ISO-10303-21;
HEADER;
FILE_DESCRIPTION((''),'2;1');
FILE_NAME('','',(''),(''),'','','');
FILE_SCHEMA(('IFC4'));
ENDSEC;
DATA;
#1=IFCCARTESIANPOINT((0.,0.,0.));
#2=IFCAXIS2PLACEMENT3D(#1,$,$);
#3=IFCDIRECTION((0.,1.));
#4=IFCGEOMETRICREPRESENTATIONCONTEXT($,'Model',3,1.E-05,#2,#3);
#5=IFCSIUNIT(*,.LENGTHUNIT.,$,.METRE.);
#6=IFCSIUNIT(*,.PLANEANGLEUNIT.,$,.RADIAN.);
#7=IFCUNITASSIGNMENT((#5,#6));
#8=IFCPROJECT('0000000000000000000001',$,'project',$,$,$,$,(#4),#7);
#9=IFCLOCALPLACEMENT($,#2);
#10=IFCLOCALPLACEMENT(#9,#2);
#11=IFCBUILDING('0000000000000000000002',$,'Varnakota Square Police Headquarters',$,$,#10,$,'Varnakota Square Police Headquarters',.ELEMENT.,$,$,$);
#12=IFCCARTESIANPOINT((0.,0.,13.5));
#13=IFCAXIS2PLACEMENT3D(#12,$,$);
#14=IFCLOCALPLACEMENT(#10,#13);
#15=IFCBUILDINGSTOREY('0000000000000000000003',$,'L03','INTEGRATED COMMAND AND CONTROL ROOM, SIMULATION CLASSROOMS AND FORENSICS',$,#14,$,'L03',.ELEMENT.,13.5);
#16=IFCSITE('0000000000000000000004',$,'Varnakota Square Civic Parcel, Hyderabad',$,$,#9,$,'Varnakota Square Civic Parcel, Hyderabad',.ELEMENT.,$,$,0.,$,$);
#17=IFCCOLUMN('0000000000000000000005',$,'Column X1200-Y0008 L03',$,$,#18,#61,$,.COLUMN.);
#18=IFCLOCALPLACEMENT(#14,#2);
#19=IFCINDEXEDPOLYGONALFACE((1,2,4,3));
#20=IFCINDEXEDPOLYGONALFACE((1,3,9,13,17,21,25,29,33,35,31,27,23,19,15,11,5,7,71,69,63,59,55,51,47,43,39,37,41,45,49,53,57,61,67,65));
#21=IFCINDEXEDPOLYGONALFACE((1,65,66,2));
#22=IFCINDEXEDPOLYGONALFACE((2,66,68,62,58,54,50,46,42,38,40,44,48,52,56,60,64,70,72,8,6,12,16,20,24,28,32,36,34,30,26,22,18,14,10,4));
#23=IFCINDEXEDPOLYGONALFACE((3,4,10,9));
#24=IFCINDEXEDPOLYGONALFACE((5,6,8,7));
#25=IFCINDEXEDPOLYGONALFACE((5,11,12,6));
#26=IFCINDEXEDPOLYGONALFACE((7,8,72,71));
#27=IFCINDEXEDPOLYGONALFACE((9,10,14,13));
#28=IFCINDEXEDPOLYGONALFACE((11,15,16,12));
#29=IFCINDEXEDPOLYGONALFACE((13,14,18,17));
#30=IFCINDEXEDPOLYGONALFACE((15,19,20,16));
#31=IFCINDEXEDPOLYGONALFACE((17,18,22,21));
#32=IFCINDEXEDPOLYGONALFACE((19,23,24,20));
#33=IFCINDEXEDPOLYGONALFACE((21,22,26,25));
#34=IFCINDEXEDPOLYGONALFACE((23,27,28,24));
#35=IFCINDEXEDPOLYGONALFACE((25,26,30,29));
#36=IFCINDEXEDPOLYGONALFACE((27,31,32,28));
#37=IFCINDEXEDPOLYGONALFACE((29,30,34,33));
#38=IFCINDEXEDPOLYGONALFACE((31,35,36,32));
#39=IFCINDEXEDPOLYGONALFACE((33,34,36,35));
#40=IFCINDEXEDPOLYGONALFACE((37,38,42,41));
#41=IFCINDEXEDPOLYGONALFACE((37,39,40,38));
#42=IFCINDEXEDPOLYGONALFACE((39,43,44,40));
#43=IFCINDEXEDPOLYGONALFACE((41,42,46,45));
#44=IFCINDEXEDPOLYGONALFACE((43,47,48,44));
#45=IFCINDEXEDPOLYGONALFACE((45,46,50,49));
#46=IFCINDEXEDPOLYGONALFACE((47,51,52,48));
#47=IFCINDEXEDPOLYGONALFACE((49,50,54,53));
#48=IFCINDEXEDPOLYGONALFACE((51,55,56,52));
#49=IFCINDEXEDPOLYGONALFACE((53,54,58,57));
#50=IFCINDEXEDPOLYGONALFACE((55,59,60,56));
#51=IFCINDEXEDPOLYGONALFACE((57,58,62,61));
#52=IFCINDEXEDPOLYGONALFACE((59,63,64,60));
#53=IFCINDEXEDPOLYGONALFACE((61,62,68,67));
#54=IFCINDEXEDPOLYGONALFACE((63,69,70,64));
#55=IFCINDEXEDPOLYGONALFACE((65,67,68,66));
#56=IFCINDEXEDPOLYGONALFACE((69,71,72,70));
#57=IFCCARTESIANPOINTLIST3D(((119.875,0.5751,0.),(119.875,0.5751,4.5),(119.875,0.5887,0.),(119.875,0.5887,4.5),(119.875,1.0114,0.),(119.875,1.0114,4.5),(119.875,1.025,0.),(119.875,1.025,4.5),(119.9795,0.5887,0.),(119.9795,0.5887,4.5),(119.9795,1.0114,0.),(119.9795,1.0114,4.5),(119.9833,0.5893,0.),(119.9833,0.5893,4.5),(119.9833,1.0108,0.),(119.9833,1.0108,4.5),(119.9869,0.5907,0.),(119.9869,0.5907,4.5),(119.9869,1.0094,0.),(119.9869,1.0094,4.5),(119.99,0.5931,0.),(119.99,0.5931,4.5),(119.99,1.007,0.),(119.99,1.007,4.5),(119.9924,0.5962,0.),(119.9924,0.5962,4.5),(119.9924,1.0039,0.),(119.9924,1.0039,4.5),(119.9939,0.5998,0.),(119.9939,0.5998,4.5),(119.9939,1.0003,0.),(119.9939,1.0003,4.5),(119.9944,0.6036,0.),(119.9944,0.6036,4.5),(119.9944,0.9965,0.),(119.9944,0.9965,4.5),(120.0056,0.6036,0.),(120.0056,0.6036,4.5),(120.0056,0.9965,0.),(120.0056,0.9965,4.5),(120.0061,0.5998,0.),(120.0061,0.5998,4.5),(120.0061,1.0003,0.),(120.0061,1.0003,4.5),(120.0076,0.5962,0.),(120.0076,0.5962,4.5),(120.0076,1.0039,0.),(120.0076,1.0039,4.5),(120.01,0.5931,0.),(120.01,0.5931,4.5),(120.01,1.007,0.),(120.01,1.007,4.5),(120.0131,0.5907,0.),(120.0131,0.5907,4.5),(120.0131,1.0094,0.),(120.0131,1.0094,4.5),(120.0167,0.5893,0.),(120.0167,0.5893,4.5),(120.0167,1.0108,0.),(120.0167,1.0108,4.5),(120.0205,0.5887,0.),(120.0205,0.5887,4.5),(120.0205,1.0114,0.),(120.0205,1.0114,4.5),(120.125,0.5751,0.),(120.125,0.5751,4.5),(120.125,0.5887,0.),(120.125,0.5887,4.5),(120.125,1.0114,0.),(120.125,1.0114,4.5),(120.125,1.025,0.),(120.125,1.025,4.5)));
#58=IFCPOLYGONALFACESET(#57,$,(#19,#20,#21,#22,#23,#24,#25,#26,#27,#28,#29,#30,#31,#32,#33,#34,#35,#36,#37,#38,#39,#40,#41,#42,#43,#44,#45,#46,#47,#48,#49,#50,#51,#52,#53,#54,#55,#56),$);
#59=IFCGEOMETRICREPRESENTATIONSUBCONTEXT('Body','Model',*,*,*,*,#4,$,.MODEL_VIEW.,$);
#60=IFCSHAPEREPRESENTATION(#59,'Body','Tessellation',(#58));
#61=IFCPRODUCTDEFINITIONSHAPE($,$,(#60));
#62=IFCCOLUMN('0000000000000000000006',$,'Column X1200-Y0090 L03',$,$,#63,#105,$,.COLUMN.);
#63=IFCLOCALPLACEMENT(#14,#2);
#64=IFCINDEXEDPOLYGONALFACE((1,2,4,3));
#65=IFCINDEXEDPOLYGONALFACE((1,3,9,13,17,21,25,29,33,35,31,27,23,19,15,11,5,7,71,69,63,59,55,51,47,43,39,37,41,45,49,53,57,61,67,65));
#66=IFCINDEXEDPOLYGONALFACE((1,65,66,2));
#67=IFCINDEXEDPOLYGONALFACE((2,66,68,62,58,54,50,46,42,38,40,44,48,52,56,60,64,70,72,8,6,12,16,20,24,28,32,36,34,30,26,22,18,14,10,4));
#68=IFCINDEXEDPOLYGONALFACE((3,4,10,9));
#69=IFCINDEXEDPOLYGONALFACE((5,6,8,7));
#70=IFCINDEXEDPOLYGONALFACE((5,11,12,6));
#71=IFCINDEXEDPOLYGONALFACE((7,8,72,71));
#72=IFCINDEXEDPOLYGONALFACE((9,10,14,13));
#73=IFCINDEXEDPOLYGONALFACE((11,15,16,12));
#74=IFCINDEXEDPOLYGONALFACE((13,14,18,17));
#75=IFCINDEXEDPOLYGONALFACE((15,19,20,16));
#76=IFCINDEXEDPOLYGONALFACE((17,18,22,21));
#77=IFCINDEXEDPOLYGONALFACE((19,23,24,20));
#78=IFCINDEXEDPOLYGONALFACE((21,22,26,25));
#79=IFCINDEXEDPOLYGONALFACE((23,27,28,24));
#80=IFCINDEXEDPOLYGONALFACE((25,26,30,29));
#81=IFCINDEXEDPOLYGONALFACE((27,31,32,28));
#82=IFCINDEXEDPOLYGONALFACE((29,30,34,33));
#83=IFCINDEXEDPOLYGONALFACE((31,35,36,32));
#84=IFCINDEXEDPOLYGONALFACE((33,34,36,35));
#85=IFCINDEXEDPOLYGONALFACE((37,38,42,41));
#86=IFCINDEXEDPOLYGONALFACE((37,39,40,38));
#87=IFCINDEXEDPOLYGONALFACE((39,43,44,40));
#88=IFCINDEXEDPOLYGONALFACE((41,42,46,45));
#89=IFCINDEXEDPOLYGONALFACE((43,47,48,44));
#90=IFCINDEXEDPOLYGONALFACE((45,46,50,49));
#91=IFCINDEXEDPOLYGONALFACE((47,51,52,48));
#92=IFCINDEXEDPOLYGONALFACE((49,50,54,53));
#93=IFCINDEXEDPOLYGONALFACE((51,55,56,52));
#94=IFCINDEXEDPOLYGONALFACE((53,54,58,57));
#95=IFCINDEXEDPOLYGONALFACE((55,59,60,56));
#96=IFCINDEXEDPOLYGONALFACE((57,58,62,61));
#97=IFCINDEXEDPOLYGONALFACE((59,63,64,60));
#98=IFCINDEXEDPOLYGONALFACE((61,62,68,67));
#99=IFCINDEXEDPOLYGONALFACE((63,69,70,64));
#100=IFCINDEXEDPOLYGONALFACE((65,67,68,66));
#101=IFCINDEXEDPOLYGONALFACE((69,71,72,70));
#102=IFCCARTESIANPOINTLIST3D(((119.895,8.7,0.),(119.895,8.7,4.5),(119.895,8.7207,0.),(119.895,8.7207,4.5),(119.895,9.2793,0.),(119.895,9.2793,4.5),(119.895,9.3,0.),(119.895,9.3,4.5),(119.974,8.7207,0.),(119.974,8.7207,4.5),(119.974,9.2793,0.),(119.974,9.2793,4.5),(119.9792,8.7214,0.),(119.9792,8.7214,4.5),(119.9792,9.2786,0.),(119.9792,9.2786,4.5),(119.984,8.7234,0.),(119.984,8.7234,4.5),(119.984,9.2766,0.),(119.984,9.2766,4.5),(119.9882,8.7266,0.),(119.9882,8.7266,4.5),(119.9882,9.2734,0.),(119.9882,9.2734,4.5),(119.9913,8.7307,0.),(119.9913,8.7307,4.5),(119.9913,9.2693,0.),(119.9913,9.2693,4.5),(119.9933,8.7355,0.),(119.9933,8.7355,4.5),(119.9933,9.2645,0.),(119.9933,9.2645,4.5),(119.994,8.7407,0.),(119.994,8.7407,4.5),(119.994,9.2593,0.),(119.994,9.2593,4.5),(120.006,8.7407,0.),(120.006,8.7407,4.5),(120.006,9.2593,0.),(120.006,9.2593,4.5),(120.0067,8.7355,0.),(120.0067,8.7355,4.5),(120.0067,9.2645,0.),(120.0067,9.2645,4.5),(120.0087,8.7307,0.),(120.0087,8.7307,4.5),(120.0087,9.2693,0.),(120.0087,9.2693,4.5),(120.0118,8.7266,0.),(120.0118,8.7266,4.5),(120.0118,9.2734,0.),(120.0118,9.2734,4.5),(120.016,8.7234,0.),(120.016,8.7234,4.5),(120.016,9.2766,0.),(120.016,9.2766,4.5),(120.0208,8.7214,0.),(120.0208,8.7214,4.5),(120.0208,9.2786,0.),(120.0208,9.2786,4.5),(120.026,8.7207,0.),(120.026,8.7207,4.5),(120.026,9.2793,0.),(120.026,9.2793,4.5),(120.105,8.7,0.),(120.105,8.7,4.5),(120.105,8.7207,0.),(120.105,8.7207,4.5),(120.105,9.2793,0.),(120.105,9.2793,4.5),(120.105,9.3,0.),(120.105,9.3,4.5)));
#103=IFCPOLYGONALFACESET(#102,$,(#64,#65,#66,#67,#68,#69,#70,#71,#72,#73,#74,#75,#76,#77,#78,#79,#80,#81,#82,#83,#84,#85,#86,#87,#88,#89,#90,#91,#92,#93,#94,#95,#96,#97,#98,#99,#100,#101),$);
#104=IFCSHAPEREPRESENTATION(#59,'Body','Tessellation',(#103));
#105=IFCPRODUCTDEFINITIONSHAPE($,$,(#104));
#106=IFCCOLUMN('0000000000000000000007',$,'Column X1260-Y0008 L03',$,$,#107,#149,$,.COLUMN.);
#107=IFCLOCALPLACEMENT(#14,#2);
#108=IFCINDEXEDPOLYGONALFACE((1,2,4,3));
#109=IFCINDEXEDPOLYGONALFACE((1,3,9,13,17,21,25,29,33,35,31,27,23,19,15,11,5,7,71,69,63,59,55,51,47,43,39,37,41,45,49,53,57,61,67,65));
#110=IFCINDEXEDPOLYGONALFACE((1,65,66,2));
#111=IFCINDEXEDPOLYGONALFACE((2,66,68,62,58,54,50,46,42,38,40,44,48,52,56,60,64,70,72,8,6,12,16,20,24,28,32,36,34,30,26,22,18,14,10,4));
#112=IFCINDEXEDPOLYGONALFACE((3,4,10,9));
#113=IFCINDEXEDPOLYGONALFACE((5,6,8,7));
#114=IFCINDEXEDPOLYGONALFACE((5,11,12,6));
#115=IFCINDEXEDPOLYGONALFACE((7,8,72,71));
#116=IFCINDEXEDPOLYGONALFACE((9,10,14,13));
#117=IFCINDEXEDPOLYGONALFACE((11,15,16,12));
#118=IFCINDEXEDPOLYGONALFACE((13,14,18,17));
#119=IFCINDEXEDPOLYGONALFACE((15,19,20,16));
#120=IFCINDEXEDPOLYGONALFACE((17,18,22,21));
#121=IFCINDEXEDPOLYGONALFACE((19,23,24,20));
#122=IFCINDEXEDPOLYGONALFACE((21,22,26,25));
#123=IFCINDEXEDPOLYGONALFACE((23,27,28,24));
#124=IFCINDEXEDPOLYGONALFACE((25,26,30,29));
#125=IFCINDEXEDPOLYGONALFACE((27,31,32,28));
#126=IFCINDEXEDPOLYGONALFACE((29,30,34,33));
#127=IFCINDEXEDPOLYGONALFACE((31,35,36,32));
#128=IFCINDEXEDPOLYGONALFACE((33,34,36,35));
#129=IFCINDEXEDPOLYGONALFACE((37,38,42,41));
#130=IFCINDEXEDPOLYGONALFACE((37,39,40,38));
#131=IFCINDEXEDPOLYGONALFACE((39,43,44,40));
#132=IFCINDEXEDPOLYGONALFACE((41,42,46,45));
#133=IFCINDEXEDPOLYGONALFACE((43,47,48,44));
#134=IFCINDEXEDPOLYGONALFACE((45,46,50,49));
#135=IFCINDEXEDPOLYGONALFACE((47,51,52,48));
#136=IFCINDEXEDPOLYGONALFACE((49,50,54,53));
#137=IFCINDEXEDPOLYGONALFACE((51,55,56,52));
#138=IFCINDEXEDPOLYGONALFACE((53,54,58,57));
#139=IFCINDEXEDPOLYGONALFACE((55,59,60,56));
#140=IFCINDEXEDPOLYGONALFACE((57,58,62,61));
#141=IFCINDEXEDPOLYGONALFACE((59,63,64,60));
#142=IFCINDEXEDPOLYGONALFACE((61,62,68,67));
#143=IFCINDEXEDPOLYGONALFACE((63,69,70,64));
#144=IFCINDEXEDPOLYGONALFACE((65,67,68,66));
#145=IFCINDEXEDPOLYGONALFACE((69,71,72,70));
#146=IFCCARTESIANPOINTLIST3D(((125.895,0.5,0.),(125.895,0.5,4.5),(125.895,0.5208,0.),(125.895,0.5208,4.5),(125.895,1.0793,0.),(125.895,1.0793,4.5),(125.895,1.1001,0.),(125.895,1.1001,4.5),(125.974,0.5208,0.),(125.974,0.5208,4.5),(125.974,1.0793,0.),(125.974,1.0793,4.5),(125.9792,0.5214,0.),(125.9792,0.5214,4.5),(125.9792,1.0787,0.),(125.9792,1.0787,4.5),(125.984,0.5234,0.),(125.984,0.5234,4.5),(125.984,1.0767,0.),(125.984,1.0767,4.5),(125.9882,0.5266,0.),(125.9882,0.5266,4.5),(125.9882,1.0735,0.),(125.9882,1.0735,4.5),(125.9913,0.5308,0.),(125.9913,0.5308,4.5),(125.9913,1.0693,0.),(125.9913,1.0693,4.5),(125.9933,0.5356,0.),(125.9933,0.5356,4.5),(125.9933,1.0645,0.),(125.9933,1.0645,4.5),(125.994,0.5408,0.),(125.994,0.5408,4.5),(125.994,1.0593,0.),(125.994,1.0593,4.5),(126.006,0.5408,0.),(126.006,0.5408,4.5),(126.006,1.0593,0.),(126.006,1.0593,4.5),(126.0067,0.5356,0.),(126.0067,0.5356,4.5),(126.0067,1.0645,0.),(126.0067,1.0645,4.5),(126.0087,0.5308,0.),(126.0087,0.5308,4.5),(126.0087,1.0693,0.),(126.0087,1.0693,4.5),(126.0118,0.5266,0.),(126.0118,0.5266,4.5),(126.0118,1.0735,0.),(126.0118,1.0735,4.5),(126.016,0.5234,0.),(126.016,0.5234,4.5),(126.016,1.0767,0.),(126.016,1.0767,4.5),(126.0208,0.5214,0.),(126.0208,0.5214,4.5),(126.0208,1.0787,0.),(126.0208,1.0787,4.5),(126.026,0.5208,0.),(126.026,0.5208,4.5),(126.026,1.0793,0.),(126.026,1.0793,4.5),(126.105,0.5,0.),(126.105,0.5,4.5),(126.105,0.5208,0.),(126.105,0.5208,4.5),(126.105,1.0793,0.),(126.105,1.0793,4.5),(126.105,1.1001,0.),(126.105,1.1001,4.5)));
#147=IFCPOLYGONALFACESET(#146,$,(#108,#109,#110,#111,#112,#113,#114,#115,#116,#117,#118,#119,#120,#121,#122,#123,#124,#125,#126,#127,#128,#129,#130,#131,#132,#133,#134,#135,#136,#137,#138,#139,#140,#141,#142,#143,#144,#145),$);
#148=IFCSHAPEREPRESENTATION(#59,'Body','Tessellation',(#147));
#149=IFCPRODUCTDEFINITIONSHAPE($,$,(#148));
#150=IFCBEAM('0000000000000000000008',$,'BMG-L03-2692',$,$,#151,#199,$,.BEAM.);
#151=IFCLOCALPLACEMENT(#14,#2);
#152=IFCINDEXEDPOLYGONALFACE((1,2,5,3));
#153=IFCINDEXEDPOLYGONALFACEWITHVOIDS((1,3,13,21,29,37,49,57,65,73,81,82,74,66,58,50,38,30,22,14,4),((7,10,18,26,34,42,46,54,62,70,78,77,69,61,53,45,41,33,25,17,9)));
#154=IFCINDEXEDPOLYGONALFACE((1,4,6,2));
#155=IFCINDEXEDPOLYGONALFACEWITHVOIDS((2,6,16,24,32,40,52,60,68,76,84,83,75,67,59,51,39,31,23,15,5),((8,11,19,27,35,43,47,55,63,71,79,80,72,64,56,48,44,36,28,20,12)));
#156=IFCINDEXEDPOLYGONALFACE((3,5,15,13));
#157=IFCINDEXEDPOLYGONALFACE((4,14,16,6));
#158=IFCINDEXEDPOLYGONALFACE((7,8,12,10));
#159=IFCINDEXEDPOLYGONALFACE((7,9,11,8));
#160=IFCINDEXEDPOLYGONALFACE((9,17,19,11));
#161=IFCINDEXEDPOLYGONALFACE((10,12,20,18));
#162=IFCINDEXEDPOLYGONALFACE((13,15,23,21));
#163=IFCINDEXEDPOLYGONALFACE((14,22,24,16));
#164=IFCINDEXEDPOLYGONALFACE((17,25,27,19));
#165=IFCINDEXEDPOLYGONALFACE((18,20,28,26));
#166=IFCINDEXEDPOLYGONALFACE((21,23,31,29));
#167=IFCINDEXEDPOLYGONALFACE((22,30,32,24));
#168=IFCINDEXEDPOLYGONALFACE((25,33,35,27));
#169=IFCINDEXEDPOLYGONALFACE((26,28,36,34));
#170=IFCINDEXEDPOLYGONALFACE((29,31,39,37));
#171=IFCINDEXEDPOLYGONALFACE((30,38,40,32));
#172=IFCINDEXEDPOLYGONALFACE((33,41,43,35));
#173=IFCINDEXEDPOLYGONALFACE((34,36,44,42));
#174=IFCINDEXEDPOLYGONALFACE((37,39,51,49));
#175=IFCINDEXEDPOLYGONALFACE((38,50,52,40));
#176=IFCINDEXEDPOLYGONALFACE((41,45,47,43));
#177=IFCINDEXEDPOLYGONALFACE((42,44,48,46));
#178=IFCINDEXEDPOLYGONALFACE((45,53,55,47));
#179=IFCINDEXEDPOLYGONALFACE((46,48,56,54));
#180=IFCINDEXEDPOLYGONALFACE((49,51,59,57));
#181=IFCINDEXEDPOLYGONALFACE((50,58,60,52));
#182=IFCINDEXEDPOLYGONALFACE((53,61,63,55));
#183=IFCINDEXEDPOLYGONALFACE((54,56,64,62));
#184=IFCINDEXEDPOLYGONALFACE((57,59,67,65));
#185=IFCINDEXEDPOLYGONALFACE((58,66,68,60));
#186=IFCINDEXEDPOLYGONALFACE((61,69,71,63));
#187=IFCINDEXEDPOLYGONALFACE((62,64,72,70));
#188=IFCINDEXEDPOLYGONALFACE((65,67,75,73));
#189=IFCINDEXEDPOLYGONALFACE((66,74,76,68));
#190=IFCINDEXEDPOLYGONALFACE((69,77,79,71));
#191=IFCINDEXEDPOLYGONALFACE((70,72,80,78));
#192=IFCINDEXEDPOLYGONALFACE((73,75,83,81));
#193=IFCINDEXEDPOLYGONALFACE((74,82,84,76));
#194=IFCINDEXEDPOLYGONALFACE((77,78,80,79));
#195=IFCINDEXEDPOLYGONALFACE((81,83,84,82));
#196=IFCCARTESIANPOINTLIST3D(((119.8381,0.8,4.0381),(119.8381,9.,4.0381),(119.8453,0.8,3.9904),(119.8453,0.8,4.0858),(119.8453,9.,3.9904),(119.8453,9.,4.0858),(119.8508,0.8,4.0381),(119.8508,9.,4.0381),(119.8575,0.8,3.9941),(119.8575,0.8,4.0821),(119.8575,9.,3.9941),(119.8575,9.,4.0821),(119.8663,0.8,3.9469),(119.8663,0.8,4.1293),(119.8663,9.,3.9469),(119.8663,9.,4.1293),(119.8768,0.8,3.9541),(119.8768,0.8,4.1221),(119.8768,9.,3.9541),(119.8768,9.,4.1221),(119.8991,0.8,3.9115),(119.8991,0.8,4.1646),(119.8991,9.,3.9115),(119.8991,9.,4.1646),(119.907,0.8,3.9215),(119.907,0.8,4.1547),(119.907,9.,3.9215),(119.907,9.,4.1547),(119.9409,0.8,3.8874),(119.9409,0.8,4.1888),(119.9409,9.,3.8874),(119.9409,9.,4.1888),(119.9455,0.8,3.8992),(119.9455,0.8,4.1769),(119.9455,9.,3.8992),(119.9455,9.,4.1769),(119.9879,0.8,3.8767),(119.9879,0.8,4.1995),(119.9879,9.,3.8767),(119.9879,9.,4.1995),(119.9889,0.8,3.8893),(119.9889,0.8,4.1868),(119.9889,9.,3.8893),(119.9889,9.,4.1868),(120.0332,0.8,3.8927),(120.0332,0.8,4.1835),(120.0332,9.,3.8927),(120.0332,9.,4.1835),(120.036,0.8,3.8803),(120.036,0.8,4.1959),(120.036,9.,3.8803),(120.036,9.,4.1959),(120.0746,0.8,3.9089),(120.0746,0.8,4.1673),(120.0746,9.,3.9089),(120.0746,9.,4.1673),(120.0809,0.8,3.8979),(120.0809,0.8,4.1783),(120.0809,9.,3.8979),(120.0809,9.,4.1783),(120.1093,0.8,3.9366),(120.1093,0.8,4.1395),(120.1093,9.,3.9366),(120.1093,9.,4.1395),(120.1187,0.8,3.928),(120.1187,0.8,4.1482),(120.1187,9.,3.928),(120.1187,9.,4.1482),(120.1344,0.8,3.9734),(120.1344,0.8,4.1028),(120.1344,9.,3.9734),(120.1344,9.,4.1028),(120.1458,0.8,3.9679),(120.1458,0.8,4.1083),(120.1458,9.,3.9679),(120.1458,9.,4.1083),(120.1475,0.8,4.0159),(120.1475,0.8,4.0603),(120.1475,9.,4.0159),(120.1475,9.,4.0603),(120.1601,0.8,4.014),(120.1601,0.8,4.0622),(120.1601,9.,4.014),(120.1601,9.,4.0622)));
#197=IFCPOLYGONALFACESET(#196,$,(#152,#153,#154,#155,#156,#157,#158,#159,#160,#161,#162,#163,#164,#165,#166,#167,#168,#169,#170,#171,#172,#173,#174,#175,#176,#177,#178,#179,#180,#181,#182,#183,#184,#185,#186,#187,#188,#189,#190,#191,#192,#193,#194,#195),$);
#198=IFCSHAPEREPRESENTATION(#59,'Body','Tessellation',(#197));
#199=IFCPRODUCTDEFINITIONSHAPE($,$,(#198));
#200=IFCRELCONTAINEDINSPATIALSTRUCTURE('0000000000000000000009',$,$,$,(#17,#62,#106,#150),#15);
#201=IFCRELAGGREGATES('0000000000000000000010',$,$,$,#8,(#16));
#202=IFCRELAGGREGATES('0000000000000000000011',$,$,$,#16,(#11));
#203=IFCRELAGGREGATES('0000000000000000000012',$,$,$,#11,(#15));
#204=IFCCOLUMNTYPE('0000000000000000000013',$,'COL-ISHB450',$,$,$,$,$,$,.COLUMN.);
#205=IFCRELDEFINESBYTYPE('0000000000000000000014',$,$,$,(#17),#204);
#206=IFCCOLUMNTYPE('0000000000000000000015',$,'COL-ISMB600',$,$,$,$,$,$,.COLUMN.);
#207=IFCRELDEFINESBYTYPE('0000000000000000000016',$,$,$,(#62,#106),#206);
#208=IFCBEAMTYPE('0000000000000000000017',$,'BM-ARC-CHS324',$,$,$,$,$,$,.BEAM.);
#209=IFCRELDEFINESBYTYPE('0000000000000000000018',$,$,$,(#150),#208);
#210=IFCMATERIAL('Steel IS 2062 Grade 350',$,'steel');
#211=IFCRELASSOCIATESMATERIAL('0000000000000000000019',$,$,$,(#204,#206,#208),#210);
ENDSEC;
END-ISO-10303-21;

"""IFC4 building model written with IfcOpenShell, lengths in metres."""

from ifc_helpers import new_model, si_unit, direction, frame, origin, origin_2d, place, context, subcontext, project, spatial, hollow_circle, i_section, extrude, material, material_profile, profile_set, type_object, element, save


model = new_model("IFC4")

# Units and contexts
model_context = context("Model", 3, precision=1e-05, world=origin(), true_north=direction((0.0, 1.0)))
body_context = subcontext(model_context, "Body", "Model", "MODEL_VIEW")
ifc_project = project(units=[si_unit("LENGTHUNIT", "METRE"), si_unit("PLANEANGLEUNIT", "RADIAN")], contexts=[model_context])

# Site, building, storey
site_placement = place(None, origin())
site = spatial("IfcSite", under=ifc_project, at=site_placement, Name="Varnakota Square Civic Parcel, Hyderabad", LongName="Varnakota Square Civic Parcel, Hyderabad", CompositionType="ELEMENT", RefElevation=0.0)
building_placement = place(site_placement, origin())
building = spatial("IfcBuilding", under=site, at=building_placement, Name="Varnakota Square Police Headquarters", LongName="Varnakota Square Police Headquarters", CompositionType="ELEMENT")
storey_placement = place(building_placement, frame((0.0, 0.0, 13.5)))
storey = spatial("IfcBuildingStorey", under=building, at=storey_placement, Name="L03", Description="INTEGRATED COMMAND AND CONTROL ROOM, SIMULATION CLASSROOMS AND FORENSICS", LongName="L03", CompositionType="ELEMENT", Elevation=13.5)

# Columns
ifc_material_1 = material(Name="Steel IS 2062 Grade 350", Category="steel")
ifc_material_profile_1 = material_profile(ifc_material_1, i_section(OverallWidth=0.25, OverallDepth=0.45, WebThickness=0.0112, FlangeThickness=0.0137, FilletRadius=0.0149, at=origin_2d()), Name="ISHB 450")
ifc_profile_set_1 = profile_set([ifc_material_profile_1], Name="Steel IS 2062 Grade 350")
column_type_1 = type_object("IfcColumnType", Name="COL-ISHB450", PredefinedType="COLUMN", material=ifc_profile_set_1)
column_placement = place(storey_placement, frame((120.0, 0.8, 0.0), z_axis=(0.0, 0.0, 1.0), x_axis=(1.0, 0.0, 0.0)))
element("IfcColumn", 1, at=column_placement, inside=storey, type_object=column_type_1, Name="Column X1200-Y0008 L03", PredefinedType="COLUMN", context=body_context, shape_type="SweptSolid", body=[
    extrude(i_section(OverallWidth=0.25, OverallDepth=0.45, WebThickness=0.0112, FlangeThickness=0.0137, FilletRadius=0.0149, at=origin_2d()), origin(), (0.0, 0.0, 1.0), 4.5),
])
ifc_material_profile_2 = material_profile(ifc_material_1, i_section(OverallWidth=0.21, OverallDepth=0.6001, WebThickness=0.012, FlangeThickness=0.0208, FilletRadius=0.02, at=origin_2d()), Name="ISMB 600")
ifc_profile_set_2 = profile_set([ifc_material_profile_2], Name="Steel IS 2062 Grade 350")
column_type_2 = type_object("IfcColumnType", Name="COL-ISMB600", PredefinedType="COLUMN", material=ifc_profile_set_2)
for number, where, z_axis, x_axis, name in (
    (2, (120.0, 9.0, 0.0), (0.0, 0.0, 1.0), (1.0, 0.0, 0.0), "Column X1200-Y0090 L03"),
    (3, (126.0, 0.8, 0.0), (0.0, 0.0, 1.0), (1.0, 0.0, 0.0), "Column X1260-Y0008 L03"),
):
    element("IfcColumn", number, at=place(storey_placement, frame(where, z_axis=z_axis, x_axis=x_axis)), inside=storey, type_object=column_type_2, Name=name, PredefinedType="COLUMN", context=body_context, shape_type="SweptSolid", body=[
        extrude(i_section(OverallWidth=0.21, OverallDepth=0.6001, WebThickness=0.012, FlangeThickness=0.0208, FilletRadius=0.02, at=origin_2d()), origin(), (0.0, 0.0, 1.0), 4.5),
    ])

# Beam
ifc_material_profile_3 = material_profile(ifc_material_1, hollow_circle(Radius=0.1619, WallThickness=0.0127, at=origin_2d()), Name="CHS 323.9x12.7")
ifc_profile_set_3 = profile_set([ifc_material_profile_3], Name="Steel IS 2062 Grade 350")
beam_type_1 = type_object("IfcBeamType", Name="BM-ARC-CHS324", PredefinedType="BEAM", material=ifc_profile_set_3)
for number, where, z_axis, x_axis, name in (
    (4, (120.0, 0.8, 4.0381), (0.0, 1.0, 0.0), (-1.0, 0.0, 0.0), "BMG-L03-2692"),
):
    element("IfcBeam", number, at=place(storey_placement, frame(where, z_axis=z_axis, x_axis=x_axis)), inside=storey, type_object=beam_type_1, Name=name, PredefinedType="BEAM", context=body_context, shape_type="SweptSolid", body=[
        extrude(hollow_circle(Radius=0.1619, WallThickness=0.0127, at=origin_2d()), origin(), (0.0, 0.0, 1.0), 8.2),
    ])

save(model, "model.ifc")
